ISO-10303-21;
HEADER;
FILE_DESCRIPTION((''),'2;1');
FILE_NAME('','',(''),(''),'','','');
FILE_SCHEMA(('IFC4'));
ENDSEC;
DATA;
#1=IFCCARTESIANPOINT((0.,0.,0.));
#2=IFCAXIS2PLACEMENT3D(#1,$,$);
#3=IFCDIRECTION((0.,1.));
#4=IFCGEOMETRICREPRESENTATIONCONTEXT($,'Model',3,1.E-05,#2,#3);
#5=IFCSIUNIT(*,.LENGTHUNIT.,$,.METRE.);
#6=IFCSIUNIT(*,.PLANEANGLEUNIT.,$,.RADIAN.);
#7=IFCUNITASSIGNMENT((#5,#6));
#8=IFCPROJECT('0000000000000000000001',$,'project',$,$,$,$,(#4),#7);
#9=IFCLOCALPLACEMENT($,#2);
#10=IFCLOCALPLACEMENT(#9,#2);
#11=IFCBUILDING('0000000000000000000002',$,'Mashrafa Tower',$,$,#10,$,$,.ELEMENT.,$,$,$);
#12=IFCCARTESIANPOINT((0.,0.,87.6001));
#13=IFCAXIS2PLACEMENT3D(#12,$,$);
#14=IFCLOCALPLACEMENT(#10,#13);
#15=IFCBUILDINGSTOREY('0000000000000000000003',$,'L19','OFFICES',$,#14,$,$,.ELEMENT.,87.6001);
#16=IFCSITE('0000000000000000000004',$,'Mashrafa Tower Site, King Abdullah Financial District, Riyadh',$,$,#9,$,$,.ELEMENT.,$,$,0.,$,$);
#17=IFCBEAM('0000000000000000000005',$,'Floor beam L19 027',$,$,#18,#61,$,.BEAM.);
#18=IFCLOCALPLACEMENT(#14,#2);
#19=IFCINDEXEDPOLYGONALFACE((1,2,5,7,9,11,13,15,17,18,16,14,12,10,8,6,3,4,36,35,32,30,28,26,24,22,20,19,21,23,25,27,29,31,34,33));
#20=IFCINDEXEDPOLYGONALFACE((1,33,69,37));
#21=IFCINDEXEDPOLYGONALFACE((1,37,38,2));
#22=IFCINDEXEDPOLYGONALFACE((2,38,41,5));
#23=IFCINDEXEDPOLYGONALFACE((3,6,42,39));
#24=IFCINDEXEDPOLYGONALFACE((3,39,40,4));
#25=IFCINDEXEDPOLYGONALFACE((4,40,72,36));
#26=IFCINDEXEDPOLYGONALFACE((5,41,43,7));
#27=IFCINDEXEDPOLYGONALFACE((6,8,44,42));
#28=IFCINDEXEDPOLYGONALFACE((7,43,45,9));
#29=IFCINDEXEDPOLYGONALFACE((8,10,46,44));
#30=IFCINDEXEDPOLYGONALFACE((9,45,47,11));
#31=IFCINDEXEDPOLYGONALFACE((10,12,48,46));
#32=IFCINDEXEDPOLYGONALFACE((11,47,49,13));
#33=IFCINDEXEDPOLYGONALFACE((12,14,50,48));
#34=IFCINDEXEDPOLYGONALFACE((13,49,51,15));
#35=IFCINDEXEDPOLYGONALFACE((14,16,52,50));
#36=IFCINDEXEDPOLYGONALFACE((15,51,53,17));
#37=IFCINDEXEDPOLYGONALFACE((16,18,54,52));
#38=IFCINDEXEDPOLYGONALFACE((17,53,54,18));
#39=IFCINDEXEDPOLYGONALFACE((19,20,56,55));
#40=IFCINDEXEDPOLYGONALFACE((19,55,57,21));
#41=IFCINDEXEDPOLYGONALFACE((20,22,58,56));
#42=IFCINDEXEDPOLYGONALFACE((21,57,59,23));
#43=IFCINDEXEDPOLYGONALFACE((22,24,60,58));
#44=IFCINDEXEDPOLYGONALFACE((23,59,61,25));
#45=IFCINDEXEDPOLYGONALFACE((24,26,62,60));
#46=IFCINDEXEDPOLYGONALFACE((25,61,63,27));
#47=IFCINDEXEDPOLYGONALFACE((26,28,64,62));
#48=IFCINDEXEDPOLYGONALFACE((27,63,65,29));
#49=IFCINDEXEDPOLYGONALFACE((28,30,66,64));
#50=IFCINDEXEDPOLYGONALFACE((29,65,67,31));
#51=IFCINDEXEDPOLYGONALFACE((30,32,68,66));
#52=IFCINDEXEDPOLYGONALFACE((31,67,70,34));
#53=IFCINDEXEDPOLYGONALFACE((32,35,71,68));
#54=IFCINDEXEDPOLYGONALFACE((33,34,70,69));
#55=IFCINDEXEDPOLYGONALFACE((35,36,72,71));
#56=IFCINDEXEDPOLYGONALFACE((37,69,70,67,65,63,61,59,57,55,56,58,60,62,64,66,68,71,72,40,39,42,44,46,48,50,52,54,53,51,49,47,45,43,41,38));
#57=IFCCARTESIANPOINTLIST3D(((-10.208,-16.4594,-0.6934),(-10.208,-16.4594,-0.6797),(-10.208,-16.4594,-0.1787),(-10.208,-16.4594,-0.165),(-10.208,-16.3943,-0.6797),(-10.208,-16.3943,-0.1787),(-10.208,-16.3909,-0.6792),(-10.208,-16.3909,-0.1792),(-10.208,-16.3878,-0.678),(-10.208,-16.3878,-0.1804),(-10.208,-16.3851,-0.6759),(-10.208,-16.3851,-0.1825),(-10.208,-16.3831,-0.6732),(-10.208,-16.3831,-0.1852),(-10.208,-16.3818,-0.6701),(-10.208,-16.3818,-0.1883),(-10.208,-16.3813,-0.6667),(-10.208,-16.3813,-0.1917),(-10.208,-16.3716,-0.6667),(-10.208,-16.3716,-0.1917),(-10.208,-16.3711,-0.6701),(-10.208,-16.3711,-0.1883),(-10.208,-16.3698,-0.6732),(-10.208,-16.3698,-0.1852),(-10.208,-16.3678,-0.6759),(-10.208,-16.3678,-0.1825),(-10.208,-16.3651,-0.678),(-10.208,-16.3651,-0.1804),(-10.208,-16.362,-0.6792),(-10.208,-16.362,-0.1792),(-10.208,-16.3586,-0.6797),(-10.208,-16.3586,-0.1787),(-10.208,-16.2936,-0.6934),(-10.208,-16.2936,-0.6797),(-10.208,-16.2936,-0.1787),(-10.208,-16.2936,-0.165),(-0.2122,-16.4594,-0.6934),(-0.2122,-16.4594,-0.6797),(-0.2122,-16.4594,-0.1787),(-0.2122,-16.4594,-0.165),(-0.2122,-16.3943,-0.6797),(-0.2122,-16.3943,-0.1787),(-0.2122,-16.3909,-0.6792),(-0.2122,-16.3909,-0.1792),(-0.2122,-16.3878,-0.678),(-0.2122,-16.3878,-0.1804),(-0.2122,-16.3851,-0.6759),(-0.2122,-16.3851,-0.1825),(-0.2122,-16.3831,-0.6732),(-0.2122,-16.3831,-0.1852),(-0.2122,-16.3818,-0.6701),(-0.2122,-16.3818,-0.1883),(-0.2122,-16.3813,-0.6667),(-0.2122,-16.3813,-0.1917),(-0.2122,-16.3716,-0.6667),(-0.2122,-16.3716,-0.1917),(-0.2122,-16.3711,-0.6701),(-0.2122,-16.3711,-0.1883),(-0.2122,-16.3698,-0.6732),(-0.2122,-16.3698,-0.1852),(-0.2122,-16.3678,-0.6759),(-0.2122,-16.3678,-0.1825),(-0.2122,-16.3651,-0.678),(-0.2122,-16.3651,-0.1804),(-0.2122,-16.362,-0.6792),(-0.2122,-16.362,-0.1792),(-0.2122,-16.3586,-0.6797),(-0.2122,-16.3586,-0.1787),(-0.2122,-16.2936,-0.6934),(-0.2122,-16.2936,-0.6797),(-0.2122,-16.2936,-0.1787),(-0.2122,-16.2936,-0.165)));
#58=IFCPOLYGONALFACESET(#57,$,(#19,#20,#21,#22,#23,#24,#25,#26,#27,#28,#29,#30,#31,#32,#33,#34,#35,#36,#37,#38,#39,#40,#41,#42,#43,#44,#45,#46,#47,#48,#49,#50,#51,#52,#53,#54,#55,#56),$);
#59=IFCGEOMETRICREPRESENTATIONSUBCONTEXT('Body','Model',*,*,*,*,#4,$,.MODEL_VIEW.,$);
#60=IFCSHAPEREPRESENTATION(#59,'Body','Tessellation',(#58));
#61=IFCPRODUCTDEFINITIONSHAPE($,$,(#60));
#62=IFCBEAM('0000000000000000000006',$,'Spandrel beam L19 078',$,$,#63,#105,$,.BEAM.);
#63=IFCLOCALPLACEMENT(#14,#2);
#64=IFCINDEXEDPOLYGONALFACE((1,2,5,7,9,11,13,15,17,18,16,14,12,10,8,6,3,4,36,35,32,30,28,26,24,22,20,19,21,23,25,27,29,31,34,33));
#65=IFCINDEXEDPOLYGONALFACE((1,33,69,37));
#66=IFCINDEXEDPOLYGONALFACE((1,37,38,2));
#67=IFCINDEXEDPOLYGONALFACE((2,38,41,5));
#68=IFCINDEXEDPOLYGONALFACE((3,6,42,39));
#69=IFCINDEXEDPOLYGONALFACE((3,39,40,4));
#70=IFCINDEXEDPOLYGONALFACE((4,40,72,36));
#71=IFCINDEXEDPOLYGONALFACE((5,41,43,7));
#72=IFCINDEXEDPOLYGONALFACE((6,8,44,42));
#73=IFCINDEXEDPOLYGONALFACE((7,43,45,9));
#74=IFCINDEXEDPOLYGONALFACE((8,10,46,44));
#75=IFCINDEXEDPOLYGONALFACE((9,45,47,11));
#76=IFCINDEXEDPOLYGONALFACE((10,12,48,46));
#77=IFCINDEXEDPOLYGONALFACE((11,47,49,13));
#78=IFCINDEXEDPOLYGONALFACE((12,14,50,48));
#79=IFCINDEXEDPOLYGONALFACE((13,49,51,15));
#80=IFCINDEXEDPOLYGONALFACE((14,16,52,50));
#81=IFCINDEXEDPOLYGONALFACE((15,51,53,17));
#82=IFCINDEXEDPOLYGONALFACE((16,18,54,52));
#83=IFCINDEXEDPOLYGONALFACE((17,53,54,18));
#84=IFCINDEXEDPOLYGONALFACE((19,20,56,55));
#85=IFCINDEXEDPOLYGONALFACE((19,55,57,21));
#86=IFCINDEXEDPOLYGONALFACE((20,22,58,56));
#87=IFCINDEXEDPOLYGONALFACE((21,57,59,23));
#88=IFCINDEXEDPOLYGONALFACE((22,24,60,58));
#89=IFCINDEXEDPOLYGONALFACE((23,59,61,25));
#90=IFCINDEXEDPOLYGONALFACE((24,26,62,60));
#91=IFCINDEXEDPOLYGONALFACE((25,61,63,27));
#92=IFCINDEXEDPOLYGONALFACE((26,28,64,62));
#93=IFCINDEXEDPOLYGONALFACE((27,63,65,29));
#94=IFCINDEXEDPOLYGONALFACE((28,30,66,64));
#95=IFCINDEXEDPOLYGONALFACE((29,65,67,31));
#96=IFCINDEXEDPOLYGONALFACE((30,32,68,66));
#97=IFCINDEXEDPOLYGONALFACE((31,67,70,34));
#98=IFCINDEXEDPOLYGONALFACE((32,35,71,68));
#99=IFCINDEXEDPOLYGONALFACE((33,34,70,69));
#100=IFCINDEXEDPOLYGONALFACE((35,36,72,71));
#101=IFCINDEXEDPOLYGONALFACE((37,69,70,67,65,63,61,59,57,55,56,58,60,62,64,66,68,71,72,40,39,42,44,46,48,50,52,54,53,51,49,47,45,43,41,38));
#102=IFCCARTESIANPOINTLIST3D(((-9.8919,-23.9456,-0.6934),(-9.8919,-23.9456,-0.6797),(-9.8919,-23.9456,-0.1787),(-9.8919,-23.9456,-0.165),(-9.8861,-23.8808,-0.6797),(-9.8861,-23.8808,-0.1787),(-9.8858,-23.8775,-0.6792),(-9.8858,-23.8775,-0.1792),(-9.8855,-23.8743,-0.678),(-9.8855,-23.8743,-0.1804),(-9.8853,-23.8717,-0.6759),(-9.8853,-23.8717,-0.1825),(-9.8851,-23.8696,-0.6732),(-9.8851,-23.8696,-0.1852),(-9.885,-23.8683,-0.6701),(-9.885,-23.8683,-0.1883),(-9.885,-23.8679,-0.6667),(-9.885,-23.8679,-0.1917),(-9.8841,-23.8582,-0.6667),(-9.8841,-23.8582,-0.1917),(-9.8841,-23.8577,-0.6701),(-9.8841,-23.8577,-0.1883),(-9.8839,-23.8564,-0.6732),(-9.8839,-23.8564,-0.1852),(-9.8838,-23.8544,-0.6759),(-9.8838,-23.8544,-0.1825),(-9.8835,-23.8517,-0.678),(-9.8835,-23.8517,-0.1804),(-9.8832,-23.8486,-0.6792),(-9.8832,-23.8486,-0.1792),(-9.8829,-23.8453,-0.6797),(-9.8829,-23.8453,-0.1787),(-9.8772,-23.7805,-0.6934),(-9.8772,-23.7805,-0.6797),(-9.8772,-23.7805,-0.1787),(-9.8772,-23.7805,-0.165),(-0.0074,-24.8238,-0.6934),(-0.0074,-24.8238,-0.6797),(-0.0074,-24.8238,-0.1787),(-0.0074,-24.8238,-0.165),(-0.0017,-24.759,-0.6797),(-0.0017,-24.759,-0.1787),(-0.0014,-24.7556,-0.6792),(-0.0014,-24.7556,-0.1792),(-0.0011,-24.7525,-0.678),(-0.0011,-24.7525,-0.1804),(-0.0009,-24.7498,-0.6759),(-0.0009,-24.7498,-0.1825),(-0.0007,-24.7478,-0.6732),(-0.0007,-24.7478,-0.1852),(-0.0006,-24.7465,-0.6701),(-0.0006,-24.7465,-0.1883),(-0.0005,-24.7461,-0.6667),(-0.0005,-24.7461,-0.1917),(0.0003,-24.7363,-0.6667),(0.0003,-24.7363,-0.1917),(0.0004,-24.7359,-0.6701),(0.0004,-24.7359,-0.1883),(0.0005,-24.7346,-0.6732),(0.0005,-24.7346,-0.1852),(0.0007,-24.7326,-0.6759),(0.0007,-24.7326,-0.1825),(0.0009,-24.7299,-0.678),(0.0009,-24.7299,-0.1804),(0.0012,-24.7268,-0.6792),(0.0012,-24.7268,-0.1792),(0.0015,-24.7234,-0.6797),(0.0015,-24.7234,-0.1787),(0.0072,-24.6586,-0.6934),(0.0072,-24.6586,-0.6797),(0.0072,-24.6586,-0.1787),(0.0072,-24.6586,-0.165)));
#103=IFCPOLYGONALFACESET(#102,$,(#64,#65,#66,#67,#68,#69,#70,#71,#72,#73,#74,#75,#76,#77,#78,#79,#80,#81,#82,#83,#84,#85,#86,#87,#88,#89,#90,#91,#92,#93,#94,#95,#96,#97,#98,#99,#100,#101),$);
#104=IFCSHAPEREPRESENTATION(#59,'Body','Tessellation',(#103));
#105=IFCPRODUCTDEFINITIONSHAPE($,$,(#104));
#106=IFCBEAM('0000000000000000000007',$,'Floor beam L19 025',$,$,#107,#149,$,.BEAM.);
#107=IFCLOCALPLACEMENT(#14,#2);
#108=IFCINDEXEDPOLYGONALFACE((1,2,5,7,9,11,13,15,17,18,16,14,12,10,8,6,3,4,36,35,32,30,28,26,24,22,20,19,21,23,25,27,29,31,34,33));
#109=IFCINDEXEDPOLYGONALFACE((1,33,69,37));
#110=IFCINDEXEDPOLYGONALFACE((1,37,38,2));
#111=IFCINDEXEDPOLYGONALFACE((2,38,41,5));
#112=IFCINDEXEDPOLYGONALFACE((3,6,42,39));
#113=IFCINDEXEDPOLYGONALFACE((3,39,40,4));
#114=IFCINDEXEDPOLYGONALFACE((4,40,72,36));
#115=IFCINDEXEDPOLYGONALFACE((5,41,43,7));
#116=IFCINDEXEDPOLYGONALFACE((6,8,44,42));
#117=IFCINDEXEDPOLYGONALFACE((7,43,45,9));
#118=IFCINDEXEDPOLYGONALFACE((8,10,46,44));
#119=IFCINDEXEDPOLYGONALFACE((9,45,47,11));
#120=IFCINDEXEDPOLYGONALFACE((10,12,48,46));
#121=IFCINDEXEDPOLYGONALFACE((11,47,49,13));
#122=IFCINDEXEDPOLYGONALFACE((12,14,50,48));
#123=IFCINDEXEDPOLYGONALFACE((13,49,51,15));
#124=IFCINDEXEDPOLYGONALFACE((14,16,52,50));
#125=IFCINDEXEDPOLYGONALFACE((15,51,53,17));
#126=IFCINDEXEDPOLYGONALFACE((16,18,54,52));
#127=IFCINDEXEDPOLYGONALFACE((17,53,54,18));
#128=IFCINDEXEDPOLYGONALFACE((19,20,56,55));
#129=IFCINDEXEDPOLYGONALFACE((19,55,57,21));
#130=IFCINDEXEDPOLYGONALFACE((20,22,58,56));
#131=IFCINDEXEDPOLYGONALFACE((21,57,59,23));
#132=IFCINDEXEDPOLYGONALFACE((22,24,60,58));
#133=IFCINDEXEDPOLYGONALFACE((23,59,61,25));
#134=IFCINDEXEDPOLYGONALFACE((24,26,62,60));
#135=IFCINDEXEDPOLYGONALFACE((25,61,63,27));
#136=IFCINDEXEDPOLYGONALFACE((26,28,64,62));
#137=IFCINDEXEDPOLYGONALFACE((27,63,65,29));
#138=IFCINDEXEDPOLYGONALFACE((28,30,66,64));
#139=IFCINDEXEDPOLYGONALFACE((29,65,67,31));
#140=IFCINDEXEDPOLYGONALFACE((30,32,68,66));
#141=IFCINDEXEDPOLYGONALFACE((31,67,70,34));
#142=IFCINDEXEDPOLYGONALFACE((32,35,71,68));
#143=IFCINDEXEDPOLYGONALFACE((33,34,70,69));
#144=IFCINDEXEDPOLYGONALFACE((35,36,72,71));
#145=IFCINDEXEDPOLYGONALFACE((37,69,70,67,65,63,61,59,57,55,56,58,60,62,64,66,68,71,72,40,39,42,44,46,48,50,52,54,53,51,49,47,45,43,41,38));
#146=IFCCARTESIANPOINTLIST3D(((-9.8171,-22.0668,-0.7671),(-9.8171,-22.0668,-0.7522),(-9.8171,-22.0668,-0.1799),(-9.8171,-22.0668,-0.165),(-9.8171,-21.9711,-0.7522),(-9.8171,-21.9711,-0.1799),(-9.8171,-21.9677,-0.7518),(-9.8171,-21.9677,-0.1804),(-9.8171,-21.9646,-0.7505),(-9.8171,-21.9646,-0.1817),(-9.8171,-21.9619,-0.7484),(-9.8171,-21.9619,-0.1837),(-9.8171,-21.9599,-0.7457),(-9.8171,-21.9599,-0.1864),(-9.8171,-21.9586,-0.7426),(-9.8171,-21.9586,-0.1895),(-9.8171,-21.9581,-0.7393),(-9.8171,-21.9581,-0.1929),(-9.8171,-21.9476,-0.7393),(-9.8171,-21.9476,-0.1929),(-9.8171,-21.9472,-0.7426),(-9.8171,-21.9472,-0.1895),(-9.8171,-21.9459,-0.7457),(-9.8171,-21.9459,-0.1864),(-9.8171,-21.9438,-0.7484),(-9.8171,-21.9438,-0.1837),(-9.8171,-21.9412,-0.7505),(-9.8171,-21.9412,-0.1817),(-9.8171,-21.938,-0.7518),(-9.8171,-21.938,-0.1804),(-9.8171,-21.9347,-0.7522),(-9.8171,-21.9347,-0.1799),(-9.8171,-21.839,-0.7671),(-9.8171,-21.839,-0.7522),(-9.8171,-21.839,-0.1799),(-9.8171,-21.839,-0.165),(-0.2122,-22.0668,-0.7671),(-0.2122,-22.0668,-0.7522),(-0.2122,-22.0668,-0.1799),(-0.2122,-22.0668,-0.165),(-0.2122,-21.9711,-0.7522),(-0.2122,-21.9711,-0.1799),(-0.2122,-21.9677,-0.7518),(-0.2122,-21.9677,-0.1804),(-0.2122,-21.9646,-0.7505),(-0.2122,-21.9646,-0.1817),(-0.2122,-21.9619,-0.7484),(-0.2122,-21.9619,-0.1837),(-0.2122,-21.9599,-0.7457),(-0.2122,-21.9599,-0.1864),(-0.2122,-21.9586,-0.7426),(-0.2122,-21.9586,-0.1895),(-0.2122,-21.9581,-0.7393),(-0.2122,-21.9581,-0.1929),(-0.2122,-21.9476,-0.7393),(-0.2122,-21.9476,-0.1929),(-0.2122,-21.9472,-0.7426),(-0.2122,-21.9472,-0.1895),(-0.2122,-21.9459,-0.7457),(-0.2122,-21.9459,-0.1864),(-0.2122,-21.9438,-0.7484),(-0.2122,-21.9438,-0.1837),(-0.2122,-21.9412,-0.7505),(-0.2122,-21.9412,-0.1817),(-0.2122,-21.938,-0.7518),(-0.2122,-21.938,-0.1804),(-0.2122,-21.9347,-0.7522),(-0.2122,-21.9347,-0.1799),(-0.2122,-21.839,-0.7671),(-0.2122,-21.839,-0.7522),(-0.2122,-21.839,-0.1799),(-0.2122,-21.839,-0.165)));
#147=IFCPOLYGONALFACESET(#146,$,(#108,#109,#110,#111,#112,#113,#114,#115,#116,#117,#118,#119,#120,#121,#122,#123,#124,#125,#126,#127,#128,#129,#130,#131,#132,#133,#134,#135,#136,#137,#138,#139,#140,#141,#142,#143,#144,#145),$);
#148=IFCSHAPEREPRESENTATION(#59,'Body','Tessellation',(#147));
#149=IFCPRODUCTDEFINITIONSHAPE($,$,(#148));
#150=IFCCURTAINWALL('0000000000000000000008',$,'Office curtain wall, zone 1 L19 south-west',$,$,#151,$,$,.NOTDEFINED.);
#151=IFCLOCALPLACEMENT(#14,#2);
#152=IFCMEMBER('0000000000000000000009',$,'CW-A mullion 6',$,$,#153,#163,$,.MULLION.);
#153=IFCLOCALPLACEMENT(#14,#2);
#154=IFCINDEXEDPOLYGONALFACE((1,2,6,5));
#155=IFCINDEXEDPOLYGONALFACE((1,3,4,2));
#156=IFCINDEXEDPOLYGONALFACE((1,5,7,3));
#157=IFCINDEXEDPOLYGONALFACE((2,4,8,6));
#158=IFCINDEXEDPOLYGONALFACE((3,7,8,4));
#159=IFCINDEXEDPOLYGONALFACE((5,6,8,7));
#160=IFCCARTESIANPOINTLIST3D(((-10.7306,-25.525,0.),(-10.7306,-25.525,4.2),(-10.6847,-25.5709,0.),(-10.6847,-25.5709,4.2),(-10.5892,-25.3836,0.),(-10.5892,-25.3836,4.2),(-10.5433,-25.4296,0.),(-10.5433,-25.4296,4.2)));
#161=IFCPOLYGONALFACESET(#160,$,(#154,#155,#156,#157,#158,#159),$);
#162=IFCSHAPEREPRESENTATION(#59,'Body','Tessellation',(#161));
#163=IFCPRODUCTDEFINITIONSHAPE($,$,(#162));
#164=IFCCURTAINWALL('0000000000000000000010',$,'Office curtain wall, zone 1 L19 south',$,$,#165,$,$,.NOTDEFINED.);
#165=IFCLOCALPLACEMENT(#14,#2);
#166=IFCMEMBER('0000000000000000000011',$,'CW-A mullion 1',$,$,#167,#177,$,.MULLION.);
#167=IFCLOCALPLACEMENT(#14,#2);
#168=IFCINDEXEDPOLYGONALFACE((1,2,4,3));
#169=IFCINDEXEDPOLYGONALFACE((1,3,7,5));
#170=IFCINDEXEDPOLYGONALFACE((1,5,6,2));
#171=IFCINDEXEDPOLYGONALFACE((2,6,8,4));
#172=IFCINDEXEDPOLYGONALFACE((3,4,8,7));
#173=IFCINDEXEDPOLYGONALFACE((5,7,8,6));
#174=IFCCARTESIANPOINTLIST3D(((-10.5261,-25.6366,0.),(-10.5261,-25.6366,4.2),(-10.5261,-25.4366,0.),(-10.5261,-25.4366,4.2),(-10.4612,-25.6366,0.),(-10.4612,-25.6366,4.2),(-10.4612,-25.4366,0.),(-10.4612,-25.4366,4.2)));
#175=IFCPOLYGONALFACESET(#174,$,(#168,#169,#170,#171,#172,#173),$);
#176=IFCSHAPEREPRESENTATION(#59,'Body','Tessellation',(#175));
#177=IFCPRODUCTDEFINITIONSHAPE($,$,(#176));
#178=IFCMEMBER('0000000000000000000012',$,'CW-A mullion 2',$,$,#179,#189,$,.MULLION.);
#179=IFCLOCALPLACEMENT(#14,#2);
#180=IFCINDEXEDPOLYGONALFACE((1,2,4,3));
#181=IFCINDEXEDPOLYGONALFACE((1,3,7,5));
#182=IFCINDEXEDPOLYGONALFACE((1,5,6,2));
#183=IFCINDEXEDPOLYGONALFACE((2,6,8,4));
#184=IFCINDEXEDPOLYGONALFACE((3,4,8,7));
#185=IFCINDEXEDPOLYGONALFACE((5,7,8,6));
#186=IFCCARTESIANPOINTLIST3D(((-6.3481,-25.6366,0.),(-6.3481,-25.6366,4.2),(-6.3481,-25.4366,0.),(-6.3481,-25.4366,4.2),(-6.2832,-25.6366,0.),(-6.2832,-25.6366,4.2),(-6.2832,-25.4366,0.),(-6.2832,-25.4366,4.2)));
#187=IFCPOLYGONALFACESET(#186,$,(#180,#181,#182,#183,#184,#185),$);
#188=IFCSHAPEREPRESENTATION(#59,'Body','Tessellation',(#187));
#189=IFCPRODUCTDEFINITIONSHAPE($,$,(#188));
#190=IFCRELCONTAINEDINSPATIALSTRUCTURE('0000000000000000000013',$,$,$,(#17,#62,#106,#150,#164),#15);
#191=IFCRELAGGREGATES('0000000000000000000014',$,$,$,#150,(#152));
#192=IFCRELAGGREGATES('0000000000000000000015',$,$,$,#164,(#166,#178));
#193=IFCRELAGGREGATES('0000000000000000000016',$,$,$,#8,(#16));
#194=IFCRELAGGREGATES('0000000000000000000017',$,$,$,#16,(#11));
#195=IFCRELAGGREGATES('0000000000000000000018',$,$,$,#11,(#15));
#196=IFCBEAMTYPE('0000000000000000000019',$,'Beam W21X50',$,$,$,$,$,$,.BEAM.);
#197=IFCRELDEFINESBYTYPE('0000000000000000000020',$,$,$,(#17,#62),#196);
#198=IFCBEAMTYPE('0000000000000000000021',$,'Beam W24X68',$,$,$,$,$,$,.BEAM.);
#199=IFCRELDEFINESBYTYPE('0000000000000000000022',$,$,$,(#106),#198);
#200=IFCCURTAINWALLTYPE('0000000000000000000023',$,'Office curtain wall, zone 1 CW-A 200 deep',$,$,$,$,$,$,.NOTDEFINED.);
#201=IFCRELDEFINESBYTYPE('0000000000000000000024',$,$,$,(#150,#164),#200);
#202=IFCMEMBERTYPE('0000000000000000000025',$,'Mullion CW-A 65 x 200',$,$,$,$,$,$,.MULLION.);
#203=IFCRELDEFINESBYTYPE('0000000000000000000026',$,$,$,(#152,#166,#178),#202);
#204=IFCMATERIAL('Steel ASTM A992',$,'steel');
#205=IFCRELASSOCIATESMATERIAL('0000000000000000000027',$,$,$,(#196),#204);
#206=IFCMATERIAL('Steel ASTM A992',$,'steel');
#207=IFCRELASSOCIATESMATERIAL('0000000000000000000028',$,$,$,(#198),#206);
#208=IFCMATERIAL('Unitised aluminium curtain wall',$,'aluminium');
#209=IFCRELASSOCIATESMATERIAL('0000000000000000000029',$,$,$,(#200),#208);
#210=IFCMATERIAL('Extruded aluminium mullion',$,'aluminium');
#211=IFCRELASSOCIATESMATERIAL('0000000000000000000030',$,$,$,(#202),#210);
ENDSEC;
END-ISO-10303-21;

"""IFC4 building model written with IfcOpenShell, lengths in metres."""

from ifc_helpers import new_model, si_unit, direction, frame, origin, origin_2d, place, context, subcontext, project, spatial, rectangle, i_section, extrude, source, transform, mapped, material, material_profile, profile_set, type_object, type_shapes, element, aggregate, save


model = new_model("IFC4")

# Units and contexts
model_context = context("Model", 3, precision=1e-05, world=origin(), true_north=direction((0.0, 1.0)))
body_context = subcontext(model_context, "Body", "Model", "MODEL_VIEW")
ifc_project = project(units=[si_unit("LENGTHUNIT", "METRE"), si_unit("PLANEANGLEUNIT", "RADIAN")], contexts=[model_context])

# Site, building, storey
site_placement = place(None, origin())
site = spatial("IfcSite", under=ifc_project, at=site_placement, Name="Mashrafa Tower Site, King Abdullah Financial District, Riyadh", CompositionType="ELEMENT", RefElevation=0.0)
building_placement = place(site_placement, origin())
building = spatial("IfcBuilding", under=site, at=building_placement, Name="Mashrafa Tower", CompositionType="ELEMENT")
storey_placement = place(building_placement, frame((0.0, 0.0, 87.6001)))
storey = spatial("IfcBuildingStorey", under=building, at=storey_placement, Name="L19", Description="OFFICES", CompositionType="ELEMENT", Elevation=87.6001)

# Beams
ifc_material_1 = material(Name="Steel ASTM A992", Category="steel")
ifc_material_profile_1 = material_profile(ifc_material_1, i_section(OverallWidth=0.1658, OverallDepth=0.5283, WebThickness=0.0098, FlangeThickness=0.0137, FilletRadius=0.0129, at=origin_2d()), Name="W21X50")
ifc_profile_set_1 = profile_set([ifc_material_profile_1], Name="Steel ASTM A992")
beam_type_1 = type_object("IfcBeamType", Name="Beam W21X50", PredefinedType="BEAM", material=ifc_profile_set_1)
beam_1_placement = place(storey_placement, frame((-0.2122, -16.3765, -0.4292), z_axis=(-1.0, 0.0, 0.0), x_axis=(0.0, -1.0, 0.0)))
element("IfcBeam", 1, at=beam_1_placement, inside=storey, type_object=beam_type_1, Name="Floor beam L19 027", PredefinedType="BEAM", context=body_context, shape_type="SweptSolid", body=[
    extrude(i_section(OverallWidth=0.1658, OverallDepth=0.5283, WebThickness=0.0098, FlangeThickness=0.0137, FilletRadius=0.0129, at=origin_2d()), origin(), (0.0, 0.0, 1.0), 9.9958),
])
beam_2_placement = place(storey_placement, frame((-9.8845, -23.863, -0.4292), z_axis=(0.996077, -0.088495, 0.0), x_axis=(0.088495, 0.996077, 0.0)))
element("IfcBeam", 2, at=beam_2_placement, inside=storey, type_object=beam_type_1, Name="Spandrel beam L19 078", PredefinedType="BEAM", context=body_context, shape_type="SweptSolid", body=[
    extrude(i_section(OverallWidth=0.1658, OverallDepth=0.5283, WebThickness=0.0098, FlangeThickness=0.0137, FilletRadius=0.0129, at=origin_2d()), origin(), (0.0, 0.0, 1.0), 9.9233),
])
ifc_material_2 = material(Name="Steel ASTM A992", Category="steel")
ifc_material_profile_2 = material_profile(ifc_material_2, i_section(OverallWidth=0.2278, OverallDepth=0.6021, WebThickness=0.0105, FlangeThickness=0.0149, FilletRadius=0.0129, at=origin_2d()), Name="W24X68")
ifc_profile_set_2 = profile_set([ifc_material_profile_2], Name="Steel ASTM A992")
beam_type_2 = type_object("IfcBeamType", Name="Beam W24X68", PredefinedType="BEAM", material=ifc_profile_set_2)
beam_3_placement = place(storey_placement, frame((-0.2122, -21.9529, -0.4661), z_axis=(-1.0, 0.0, 0.0), x_axis=(0.0, -1.0, 0.0)))
element("IfcBeam", 3, at=beam_3_placement, inside=storey, type_object=beam_type_2, Name="Floor beam L19 025", PredefinedType="BEAM", context=body_context, shape_type="SweptSolid", body=[
    extrude(i_section(OverallWidth=0.2278, OverallDepth=0.6021, WebThickness=0.0105, FlangeThickness=0.0149, FilletRadius=0.0129, at=origin_2d()), origin(), (0.0, 0.0, 1.0), 9.605),
])

# Curtain wall, member
ifc_material_3 = material(Name="Unitised aluminium curtain wall", Category="aluminium")
curtain_wall_type = type_object("IfcCurtainWallType", Name="Office curtain wall, zone 1 CW-A 200 deep", PredefinedType="NOTDEFINED", material=ifc_material_3)
curtain_wall_1_placement = place(storey_placement, origin())
curtain_wall_1 = element("IfcCurtainWall", 4, at=curtain_wall_1_placement, inside=storey, type_object=curtain_wall_type, Name="Office curtain wall, zone 1 L19 south-west", PredefinedType="NOTDEFINED")
ifc_material_4 = material(Name="Extruded aluminium mullion", Category="aluminium")
ifc_material_profile_3 = material_profile(ifc_material_4, rectangle(XDim=0.2, YDim=0.0649, at=origin_2d()), Name="Mullion 65x200")
ifc_profile_set_3 = profile_set([ifc_material_profile_3], Name="Extruded aluminium mullion")
member_type_1 = type_object("IfcMemberType", Name="Mullion CW-A 65 x 200", PredefinedType="MULLION", material=ifc_profile_set_3)
shared_shape_1 = source(origin(), body_context, "Body", "SweptSolid", [
    extrude(rectangle(XDim=0.2, YDim=0.0649, at=origin_2d()), origin(), (0.0, 0.0, 1.0), 4.2),
])
type_shapes(member_type_1, [shared_shape_1])
member_1_placement = place(storey_placement, frame((-10.637, -25.4773, 0.0), z_axis=(0.0, 0.0, 1.0), x_axis=(0.707107, 0.707107, 0.0)))
member_1 = element("IfcMember", 5, at=member_1_placement, type_object=member_type_1, Name="CW-A mullion 6", PredefinedType="MULLION", context=body_context, shape_type="MappedRepresentation", body=[
    mapped(shared_shape_1, transform((0.0, 0.0, 0.0))),
])

# Curtain wall, members
curtain_wall_2_placement = place(storey_placement, origin())
curtain_wall_2 = element("IfcCurtainWall", 6, at=curtain_wall_2_placement, inside=storey, type_object=curtain_wall_type, Name="Office curtain wall, zone 1 L19 south", PredefinedType="NOTDEFINED")
member_2_placement = place(storey_placement, frame((-10.4937, -25.5366, 0.0), z_axis=(0.0, 0.0, 1.0), x_axis=(0.0, 1.0, 0.0)))
member_2 = element("IfcMember", 7, at=member_2_placement, type_object=member_type_1, Name="CW-A mullion 1", PredefinedType="MULLION", context=body_context, shape_type="MappedRepresentation", body=[
    mapped(shared_shape_1, transform((0.0, 0.0, 0.0))),
])
member_3_placement = place(storey_placement, frame((-6.3157, -25.5366, 0.0), z_axis=(0.0, 0.0, 1.0), x_axis=(0.0, 1.0, 0.0)))
member_3 = element("IfcMember", 8, at=member_3_placement, type_object=member_type_1, Name="CW-A mullion 2", PredefinedType="MULLION", context=body_context, shape_type="MappedRepresentation", body=[
    mapped(shared_shape_1, transform((0.0, 0.0, 0.0))),
])

aggregate(curtain_wall_1, [member_1])
aggregate(curtain_wall_2, [member_2, member_3])

save(model, "model.ifc")
